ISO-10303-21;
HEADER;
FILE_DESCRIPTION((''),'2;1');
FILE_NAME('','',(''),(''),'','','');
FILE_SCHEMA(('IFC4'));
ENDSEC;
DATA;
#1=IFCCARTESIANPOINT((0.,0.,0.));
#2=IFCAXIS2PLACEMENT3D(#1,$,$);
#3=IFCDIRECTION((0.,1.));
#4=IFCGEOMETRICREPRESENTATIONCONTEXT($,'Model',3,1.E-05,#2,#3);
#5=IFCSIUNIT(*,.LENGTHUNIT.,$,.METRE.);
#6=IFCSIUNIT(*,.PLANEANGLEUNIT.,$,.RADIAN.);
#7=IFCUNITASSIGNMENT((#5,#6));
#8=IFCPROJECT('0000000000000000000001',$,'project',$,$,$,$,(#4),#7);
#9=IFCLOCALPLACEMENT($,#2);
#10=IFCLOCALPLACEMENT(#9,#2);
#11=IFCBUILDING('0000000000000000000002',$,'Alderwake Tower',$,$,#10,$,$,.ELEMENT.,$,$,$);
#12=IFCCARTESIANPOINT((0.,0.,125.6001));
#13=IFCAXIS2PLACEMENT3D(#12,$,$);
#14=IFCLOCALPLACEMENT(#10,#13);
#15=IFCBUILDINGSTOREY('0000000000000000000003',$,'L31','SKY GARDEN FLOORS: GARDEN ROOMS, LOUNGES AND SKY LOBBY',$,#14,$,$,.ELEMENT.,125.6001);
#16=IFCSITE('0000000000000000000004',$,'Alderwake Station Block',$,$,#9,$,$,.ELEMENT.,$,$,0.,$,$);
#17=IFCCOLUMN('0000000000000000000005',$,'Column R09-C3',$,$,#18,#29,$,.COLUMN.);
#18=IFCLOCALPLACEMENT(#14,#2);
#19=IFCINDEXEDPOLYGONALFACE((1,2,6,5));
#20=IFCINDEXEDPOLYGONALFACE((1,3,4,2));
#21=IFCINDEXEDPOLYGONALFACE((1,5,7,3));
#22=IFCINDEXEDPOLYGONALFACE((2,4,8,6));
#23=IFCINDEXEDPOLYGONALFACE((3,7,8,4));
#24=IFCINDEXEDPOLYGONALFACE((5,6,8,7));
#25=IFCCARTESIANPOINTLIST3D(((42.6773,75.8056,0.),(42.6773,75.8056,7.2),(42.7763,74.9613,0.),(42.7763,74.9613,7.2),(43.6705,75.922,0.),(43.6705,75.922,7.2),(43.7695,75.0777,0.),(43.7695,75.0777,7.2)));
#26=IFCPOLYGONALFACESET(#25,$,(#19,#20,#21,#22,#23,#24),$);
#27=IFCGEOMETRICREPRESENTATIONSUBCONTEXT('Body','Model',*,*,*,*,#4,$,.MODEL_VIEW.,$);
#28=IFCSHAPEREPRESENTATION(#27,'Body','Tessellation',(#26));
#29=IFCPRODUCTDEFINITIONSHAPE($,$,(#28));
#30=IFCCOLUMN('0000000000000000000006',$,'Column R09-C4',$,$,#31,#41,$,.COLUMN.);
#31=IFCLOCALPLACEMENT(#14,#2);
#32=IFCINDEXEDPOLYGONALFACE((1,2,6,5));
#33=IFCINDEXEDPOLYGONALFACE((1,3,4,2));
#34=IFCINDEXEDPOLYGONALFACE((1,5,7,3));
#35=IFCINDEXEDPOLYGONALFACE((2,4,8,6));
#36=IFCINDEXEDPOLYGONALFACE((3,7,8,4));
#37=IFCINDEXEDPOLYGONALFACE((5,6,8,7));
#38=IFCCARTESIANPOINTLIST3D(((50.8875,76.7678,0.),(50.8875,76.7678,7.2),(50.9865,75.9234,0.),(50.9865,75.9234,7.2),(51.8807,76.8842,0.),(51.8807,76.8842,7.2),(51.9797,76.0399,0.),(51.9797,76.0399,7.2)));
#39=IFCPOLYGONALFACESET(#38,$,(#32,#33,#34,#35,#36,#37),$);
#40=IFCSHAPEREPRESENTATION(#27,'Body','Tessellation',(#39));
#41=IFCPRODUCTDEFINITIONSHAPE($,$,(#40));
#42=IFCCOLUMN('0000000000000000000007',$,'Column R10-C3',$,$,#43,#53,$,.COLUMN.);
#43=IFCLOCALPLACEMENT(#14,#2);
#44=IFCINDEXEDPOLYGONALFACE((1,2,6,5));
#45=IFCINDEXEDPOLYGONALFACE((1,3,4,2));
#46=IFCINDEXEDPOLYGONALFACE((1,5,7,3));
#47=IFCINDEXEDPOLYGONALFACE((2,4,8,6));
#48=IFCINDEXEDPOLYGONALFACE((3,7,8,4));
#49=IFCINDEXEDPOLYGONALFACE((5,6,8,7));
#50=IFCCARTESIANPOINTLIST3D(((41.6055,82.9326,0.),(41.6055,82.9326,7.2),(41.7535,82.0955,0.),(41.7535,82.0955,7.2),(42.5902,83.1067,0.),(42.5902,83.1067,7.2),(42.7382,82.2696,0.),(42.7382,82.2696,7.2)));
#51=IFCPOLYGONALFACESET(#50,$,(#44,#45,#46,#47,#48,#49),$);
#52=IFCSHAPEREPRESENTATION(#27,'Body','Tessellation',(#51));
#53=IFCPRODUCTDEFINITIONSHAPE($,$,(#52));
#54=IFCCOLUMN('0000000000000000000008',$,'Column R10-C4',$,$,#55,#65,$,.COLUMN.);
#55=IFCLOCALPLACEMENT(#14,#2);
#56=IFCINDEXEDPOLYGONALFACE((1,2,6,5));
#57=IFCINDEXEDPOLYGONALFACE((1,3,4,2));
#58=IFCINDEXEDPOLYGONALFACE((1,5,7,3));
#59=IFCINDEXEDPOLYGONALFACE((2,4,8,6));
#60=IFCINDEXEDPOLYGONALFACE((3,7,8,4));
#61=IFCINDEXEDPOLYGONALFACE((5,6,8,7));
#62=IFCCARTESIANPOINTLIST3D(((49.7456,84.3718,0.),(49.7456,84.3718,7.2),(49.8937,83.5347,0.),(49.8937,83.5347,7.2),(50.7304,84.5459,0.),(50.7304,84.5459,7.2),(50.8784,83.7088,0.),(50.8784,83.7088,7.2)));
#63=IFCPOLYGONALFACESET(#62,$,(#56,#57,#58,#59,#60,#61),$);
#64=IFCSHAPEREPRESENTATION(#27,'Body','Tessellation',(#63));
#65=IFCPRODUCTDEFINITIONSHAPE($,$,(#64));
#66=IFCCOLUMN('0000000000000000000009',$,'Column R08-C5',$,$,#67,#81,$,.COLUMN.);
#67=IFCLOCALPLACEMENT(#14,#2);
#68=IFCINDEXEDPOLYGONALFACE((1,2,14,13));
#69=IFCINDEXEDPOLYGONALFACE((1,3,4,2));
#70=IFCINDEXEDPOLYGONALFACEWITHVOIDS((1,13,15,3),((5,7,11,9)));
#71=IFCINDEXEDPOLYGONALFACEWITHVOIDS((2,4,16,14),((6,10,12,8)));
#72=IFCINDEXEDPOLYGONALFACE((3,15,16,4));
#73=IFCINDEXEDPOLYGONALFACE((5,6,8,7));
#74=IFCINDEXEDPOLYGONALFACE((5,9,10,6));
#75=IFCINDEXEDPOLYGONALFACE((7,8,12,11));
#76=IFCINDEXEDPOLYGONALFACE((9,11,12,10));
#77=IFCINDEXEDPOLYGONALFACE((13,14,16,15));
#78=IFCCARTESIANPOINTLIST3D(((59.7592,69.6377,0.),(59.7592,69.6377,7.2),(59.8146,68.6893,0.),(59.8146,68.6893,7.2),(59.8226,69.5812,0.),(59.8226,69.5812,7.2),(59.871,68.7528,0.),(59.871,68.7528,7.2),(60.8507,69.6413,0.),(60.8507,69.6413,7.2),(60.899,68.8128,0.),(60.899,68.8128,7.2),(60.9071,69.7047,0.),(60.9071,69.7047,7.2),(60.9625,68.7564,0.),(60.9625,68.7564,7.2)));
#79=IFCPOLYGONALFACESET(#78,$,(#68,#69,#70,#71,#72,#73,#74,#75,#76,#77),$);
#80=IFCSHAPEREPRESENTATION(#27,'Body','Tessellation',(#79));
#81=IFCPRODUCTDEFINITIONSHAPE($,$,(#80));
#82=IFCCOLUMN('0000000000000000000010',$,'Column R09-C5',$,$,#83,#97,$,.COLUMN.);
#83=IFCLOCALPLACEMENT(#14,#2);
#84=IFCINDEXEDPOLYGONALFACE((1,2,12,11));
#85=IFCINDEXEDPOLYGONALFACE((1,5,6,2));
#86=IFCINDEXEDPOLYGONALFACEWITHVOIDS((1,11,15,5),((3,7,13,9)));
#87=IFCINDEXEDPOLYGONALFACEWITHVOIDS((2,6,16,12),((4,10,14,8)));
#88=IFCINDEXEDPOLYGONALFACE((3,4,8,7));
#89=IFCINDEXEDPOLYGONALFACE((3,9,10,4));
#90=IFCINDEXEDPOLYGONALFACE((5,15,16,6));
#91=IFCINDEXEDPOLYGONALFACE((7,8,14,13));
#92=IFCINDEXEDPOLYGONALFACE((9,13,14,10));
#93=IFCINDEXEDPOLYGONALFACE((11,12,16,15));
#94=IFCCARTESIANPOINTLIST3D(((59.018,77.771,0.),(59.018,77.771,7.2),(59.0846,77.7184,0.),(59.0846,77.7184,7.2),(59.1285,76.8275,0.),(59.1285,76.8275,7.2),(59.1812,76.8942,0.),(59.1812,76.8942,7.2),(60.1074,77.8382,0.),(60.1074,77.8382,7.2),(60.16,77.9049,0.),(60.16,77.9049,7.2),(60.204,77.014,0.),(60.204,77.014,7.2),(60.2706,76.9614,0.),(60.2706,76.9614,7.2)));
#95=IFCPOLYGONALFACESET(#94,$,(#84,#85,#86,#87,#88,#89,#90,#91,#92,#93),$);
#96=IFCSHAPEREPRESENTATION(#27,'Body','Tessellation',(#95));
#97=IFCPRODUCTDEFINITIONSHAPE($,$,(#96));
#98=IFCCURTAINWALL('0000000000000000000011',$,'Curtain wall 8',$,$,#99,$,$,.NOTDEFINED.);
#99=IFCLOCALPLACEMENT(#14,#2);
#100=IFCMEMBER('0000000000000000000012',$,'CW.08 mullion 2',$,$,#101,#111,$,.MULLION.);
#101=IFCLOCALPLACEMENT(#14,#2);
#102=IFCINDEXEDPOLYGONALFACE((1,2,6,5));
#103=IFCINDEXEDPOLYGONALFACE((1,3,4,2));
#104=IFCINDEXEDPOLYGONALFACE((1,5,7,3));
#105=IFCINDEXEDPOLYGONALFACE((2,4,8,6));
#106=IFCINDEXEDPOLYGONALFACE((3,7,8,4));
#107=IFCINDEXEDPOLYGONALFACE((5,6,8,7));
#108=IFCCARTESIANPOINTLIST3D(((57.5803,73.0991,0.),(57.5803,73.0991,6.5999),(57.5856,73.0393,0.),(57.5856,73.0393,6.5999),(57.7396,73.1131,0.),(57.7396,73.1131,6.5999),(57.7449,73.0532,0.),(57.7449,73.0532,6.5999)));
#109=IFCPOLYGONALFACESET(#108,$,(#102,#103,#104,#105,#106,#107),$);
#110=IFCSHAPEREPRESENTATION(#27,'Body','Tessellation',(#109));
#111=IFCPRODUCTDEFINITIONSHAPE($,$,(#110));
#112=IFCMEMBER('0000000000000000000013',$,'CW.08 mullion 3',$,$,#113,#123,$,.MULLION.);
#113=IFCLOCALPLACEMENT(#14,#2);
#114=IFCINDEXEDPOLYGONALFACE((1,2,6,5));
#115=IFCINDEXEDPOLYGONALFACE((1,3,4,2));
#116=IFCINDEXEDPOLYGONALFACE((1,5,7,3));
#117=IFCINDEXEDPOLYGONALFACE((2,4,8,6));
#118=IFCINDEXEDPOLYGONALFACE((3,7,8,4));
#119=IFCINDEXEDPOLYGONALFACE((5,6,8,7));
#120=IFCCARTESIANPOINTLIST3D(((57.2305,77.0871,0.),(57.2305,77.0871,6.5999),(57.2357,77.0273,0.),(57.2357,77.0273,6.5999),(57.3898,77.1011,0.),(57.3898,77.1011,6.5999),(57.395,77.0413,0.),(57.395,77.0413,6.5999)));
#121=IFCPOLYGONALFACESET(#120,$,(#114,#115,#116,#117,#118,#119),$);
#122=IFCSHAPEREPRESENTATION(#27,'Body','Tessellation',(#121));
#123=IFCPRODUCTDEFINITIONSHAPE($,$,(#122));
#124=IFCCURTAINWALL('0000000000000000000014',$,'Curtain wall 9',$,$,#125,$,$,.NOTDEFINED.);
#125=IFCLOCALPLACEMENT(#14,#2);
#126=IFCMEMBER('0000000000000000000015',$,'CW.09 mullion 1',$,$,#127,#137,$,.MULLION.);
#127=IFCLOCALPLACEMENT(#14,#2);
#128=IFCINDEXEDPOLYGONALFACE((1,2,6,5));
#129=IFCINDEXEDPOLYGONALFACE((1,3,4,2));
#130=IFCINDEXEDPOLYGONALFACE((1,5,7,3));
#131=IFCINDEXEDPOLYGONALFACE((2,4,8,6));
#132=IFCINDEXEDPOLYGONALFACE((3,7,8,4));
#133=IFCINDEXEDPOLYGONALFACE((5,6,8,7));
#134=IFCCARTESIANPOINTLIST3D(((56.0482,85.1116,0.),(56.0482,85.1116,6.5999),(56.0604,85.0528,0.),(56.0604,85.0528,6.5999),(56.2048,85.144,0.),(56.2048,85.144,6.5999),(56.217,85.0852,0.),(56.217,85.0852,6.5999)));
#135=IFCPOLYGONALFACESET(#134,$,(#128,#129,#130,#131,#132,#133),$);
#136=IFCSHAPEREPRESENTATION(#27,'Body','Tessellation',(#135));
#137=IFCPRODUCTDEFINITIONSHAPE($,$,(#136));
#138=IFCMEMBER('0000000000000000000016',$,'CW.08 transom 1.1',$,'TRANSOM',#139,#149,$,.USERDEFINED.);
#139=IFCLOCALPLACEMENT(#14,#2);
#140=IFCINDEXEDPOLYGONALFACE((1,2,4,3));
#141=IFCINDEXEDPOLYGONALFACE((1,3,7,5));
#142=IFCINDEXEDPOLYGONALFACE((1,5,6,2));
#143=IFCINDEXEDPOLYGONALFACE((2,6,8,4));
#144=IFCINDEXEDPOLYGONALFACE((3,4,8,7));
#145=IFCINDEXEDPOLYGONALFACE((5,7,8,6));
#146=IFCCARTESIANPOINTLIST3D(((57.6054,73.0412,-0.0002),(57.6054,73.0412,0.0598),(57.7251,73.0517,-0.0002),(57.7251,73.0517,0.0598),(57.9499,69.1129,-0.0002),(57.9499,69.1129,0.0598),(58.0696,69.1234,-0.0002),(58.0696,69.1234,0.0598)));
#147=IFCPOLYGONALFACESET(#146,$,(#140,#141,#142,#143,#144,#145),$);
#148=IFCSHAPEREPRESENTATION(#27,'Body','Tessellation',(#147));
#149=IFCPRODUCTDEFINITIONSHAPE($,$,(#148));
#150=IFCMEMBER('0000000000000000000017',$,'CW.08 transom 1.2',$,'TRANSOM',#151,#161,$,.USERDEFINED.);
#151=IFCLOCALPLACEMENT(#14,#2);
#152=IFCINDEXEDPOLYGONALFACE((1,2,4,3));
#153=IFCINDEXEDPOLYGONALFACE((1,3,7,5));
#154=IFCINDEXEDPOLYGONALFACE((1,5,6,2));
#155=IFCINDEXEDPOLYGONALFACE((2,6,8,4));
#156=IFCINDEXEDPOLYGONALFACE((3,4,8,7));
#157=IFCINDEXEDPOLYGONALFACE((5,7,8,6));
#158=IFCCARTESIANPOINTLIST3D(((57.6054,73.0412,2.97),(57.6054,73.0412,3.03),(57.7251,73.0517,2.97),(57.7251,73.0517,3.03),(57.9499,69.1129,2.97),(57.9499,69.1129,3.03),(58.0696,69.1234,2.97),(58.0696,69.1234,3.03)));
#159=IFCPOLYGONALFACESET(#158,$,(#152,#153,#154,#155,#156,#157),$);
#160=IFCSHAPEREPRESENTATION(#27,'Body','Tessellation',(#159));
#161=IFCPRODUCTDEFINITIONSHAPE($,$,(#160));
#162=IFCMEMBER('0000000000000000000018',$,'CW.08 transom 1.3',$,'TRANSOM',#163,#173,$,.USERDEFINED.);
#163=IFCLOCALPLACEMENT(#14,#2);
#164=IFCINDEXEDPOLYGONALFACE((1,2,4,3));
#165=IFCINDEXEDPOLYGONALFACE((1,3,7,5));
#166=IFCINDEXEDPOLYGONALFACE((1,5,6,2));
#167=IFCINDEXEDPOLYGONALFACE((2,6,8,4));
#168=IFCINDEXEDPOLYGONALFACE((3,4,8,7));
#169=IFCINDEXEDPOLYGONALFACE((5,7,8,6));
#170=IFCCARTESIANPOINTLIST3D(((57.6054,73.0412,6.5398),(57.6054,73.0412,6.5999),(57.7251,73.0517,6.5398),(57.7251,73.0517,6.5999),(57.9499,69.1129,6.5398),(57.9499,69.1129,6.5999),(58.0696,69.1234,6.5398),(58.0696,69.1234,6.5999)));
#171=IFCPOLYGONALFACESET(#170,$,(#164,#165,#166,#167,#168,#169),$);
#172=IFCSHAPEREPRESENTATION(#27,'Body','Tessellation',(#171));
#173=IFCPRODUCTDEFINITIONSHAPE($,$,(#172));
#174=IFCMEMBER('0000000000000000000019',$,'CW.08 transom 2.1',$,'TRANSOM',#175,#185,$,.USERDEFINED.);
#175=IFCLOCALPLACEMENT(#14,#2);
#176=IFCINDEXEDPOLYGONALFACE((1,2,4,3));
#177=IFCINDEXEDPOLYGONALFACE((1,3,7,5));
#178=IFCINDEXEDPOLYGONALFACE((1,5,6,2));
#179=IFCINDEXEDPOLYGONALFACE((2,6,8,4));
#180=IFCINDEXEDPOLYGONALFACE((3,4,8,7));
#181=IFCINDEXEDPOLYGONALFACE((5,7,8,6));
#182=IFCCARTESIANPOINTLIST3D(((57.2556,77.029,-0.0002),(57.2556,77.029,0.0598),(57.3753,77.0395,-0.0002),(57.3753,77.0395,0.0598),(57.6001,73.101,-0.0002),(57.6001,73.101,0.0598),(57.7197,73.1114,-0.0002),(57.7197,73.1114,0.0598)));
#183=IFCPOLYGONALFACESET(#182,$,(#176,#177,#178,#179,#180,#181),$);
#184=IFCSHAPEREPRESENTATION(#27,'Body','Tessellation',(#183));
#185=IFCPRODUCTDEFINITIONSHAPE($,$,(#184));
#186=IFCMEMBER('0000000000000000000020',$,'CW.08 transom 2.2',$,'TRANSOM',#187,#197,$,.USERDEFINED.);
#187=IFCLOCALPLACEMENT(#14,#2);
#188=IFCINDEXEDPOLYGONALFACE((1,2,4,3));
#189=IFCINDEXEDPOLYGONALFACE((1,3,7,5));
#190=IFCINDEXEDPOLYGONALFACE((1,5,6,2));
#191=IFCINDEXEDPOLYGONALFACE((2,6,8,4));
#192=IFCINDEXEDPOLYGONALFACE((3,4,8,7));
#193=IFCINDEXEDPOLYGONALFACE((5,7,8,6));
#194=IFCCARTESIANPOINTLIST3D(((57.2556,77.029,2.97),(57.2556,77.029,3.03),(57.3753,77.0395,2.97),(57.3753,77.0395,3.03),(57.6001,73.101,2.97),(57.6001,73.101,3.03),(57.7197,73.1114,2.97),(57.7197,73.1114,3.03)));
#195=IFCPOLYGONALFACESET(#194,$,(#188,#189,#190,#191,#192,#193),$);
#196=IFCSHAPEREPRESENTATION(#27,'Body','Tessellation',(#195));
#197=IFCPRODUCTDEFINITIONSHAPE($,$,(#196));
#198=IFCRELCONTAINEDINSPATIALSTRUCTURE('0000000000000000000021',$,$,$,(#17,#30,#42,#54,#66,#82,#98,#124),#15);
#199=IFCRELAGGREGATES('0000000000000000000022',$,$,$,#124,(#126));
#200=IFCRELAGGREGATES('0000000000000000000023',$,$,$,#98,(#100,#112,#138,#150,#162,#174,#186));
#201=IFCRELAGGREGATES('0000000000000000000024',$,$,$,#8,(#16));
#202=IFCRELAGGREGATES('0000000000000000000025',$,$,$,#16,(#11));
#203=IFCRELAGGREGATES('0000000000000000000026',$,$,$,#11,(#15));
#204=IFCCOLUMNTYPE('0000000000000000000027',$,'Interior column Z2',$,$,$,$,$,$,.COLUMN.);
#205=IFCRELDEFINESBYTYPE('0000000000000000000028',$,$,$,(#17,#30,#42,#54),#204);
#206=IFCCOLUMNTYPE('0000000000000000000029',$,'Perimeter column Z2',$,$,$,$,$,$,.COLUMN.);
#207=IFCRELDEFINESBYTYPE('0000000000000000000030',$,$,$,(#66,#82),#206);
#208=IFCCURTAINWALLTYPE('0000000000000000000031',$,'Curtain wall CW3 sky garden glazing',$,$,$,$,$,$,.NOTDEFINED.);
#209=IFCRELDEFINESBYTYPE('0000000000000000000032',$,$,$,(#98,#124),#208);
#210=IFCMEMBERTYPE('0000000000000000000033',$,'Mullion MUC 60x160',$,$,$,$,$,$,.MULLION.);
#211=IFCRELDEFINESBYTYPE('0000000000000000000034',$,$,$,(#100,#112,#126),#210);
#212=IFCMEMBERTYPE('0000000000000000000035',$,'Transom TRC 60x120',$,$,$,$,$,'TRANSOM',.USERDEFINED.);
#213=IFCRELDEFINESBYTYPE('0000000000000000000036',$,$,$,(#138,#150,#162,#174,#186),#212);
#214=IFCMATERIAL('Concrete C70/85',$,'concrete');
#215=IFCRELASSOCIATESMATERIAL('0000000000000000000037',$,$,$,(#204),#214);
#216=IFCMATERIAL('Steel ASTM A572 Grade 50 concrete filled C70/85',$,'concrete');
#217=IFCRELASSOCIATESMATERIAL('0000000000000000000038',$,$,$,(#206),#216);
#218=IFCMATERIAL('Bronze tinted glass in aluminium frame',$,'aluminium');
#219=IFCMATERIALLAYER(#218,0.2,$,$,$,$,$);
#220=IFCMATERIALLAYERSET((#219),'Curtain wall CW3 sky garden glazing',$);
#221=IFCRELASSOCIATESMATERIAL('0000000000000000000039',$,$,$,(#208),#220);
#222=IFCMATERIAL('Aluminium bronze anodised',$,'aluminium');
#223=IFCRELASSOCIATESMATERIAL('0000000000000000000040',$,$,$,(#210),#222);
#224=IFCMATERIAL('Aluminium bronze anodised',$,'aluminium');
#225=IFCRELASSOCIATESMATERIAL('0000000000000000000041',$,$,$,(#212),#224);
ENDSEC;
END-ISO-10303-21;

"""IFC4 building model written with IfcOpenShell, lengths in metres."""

from ifc_helpers import new_model, si_unit, direction, frame, origin, origin_2d, place, context, subcontext, project, spatial, rectangle, hollow_rectangle, extrude, material, layer, layer_set, material_profile, profile_set, type_object, element, aggregate, save


model = new_model("IFC4")

# Units and contexts
model_context = context("Model", 3, precision=1e-05, world=origin(), true_north=direction((0.0, 1.0)))
body_context = subcontext(model_context, "Body", "Model", "MODEL_VIEW")
ifc_project = project(units=[si_unit("LENGTHUNIT", "METRE"), si_unit("PLANEANGLEUNIT", "RADIAN")], contexts=[model_context])

# Site, building, storey
site_placement = place(None, origin())
site = spatial("IfcSite", under=ifc_project, at=site_placement, Name="Alderwake Station Block", CompositionType="ELEMENT", RefElevation=0.0)
building_placement = place(site_placement, origin())
building = spatial("IfcBuilding", under=site, at=building_placement, Name="Alderwake Tower", CompositionType="ELEMENT")
storey_placement = place(building_placement, frame((0.0, 0.0, 125.6001)))
storey = spatial("IfcBuildingStorey", under=building, at=storey_placement, Name="L31", Description="SKY GARDEN FLOORS: GARDEN ROOMS, LOUNGES AND SKY LOBBY", CompositionType="ELEMENT", Elevation=125.6001)

# Columns
ifc_material_1 = material(Name="Concrete C70/85", Category="concrete")
ifc_material_profile_1 = material_profile(ifc_material_1, rectangle(XDim=0.8501, YDim=1.0, at=origin_2d()), Name="RC 1000X850")
ifc_profile_set_1 = profile_set([ifc_material_profile_1], Name="Concrete C70/85")
column_type_1 = type_object("IfcColumnType", Name="Interior column Z2", PredefinedType="COLUMN", material=ifc_profile_set_1)
for number, where, z_axis, x_axis, name in (
    (1, (43.2234, 75.4417, 0.0), (0.0, 0.0, 1.0), (-0.116402, 0.993202, 0.0), "Column R09-C3"),
    (2, (51.4336, 76.4038, 0.0), (0.0, 0.0, 1.0), (-0.116402, 0.993202, 0.0), "Column R09-C4"),
    (3, (42.1719, 82.6011, 0.0), (0.0, 0.0, 1.0), (-0.174107, 0.984727, 0.0), "Column R10-C3"),
    (4, (50.312, 84.0403, 0.0), (0.0, 0.0, 1.0), (-0.174109, 0.984726, 0.0), "Column R10-C4"),
):
    element("IfcColumn", number, at=place(storey_placement, frame(where, z_axis=z_axis, x_axis=x_axis)), inside=storey, type_object=column_type_1, Name=name, PredefinedType="COLUMN", context=body_context, shape_type="SweptSolid", body=[
        extrude(rectangle(XDim=0.8501, YDim=1.0, at=origin_2d()), origin(), (0.0, 0.0, 1.0), 7.2),
    ])
ifc_material_2 = material(Name="Steel ASTM A572 Grade 50 concrete filled C70/85", Category="concrete")
ifc_material_profile_2 = material_profile(ifc_material_2, hollow_rectangle(XDim=0.95, YDim=1.1499, WallThickness=0.0601, at=origin_2d()), Name="BOX 1150X950X60")
ifc_profile_set_2 = profile_set([ifc_material_profile_2], Name="Steel ASTM A572 Grade 50 concrete filled C70/85")
column_type_2 = type_object("IfcColumnType", Name="Perimeter column Z2", PredefinedType="COLUMN", material=ifc_profile_set_2)
for number, where, z_axis, x_axis, name in (
    (5, (60.3608, 69.197, 0.0), (0.0, 0.0, 1.0), (-0.058299, 0.998299, 0.0), "Column R08-C5"),
    (6, (59.6443, 77.3662, 0.0), (0.0, 0.0, 1.0), (-0.116402, 0.993202, 0.0), "Column R09-C5"),
):
    element("IfcColumn", number, at=place(storey_placement, frame(where, z_axis=z_axis, x_axis=x_axis)), inside=storey, type_object=column_type_2, Name=name, PredefinedType="COLUMN", context=body_context, shape_type="SweptSolid", body=[
        extrude(hollow_rectangle(XDim=0.95, YDim=1.1499, WallThickness=0.0601, at=origin_2d()), origin(), (0.0, 0.0, 1.0), 7.2),
    ])

# Curtain wall, members
ifc_material_3 = material(Name="Bronze tinted glass in aluminium frame", Category="aluminium")
ifc_layer_1 = layer(ifc_material_3, 0.2)
ifc_layer_set_1 = layer_set([ifc_layer_1], Name="Curtain wall CW3 sky garden glazing")
curtain_wall_type = type_object("IfcCurtainWallType", Name="Curtain wall CW3 sky garden glazing", PredefinedType="NOTDEFINED", material=ifc_layer_set_1)
curtain_wall_1_placement = place(storey_placement, origin())
curtain_wall_1 = element("IfcCurtainWall", 7, at=curtain_wall_1_placement, inside=storey, type_object=curtain_wall_type, Name="Curtain wall 8", PredefinedType="NOTDEFINED")
ifc_material_4 = material(Name="Aluminium bronze anodised", Category="aluminium")
ifc_material_profile_3 = material_profile(ifc_material_4, rectangle(XDim=0.1599, YDim=0.0601, at=origin_2d()), Name="Mullion MUC 60x160")
ifc_profile_set_3 = profile_set([ifc_material_profile_3], Name="Aluminium bronze anodised")
member_type_1 = type_object("IfcMemberType", Name="Mullion MUC 60x160", PredefinedType="MULLION", material=ifc_profile_set_3)
member_1_placement = place(storey_placement, frame((57.6626, 73.0762, 0.0), z_axis=(0.0, 0.0, 1.0), x_axis=(-0.996174, -0.087388, 0.0)))
member_1 = element("IfcMember", 8, at=member_1_placement, type_object=member_type_1, Name="CW.08 mullion 2", PredefinedType="MULLION", context=body_context, shape_type="SweptSolid", body=[
    extrude(rectangle(XDim=0.1599, YDim=0.0601, at=origin_2d()), origin(), (0.0, 0.0, 1.0), 6.5999),
])
member_2_placement = place(storey_placement, frame((57.3127, 77.0642, 0.0), z_axis=(0.0, 0.0, 1.0), x_axis=(-0.996174, -0.087388, 0.0)))
member_2 = element("IfcMember", 9, at=member_2_placement, type_object=member_type_1, Name="CW.08 mullion 3", PredefinedType="MULLION", context=body_context, shape_type="SweptSolid", body=[
    extrude(rectangle(XDim=0.1599, YDim=0.0601, at=origin_2d()), origin(), (0.0, 0.0, 1.0), 6.5999),
])

# Curtain wall, member
curtain_wall_2_placement = place(storey_placement, origin())
curtain_wall_2 = element("IfcCurtainWall", 10, at=curtain_wall_2_placement, inside=storey, type_object=curtain_wall_type, Name="Curtain wall 9", PredefinedType="NOTDEFINED")
member_3_placement = place(storey_placement, frame((56.1326, 85.0984, 0.0), z_axis=(0.0, 0.0, 1.0), x_axis=(-0.979229, -0.202756, 0.0)))
member_3 = element("IfcMember", 11, at=member_3_placement, type_object=member_type_1, Name="CW.09 mullion 1", PredefinedType="MULLION", context=body_context, shape_type="SweptSolid", body=[
    extrude(rectangle(XDim=0.1599, YDim=0.0601, at=origin_2d()), origin(), (0.0, 0.0, 1.0), 6.5999),
])

# Members
ifc_material_5 = material(Name="Aluminium bronze anodised", Category="aluminium")
ifc_material_profile_4 = material_profile(ifc_material_5, rectangle(XDim=0.1201, YDim=0.0601, at=origin_2d()), Name="Transom TRC 60x120")
ifc_profile_set_4 = profile_set([ifc_material_profile_4], Name="Aluminium bronze anodised")
member_type_2 = type_object("IfcMemberType", Name="Transom TRC 60x120", ElementType="TRANSOM", PredefinedType="USERDEFINED", material=ifc_profile_set_4)
member_4_placement = place(storey_placement, frame((58.0098, 69.1182, 0.0298), z_axis=(-0.087359, 0.996177, 0.0), x_axis=(-0.996177, -0.087359, 0.0)))
member_4 = element("IfcMember", 12, at=member_4_placement, type_object=member_type_2, Name="CW.08 transom 1.1", ObjectType="TRANSOM", PredefinedType="USERDEFINED", context=body_context, shape_type="SweptSolid", body=[
    extrude(rectangle(XDim=0.1201, YDim=0.0601, at=origin_2d()), origin(), (0.0, 0.0, 1.0), 3.9434),
])
member_5_placement = place(storey_placement, frame((58.0098, 69.1182, 3.0), z_axis=(-0.087359, 0.996177, 0.0), x_axis=(-0.996177, -0.087359, 0.0)))
member_5 = element("IfcMember", 13, at=member_5_placement, type_object=member_type_2, Name="CW.08 transom 1.2", ObjectType="TRANSOM", PredefinedType="USERDEFINED", context=body_context, shape_type="SweptSolid", body=[
    extrude(rectangle(XDim=0.1201, YDim=0.0601, at=origin_2d()), origin(), (0.0, 0.0, 1.0), 3.9434),
])
member_6_placement = place(storey_placement, frame((58.0098, 69.1182, 6.5698), z_axis=(-0.087359, 0.996177, 0.0), x_axis=(-0.996177, -0.087359, 0.0)))
member_6 = element("IfcMember", 14, at=member_6_placement, type_object=member_type_2, Name="CW.08 transom 1.3", ObjectType="TRANSOM", PredefinedType="USERDEFINED", context=body_context, shape_type="SweptSolid", body=[
    extrude(rectangle(XDim=0.1201, YDim=0.0601, at=origin_2d()), origin(), (0.0, 0.0, 1.0), 3.9434),
])
member_7_placement = place(storey_placement, frame((57.6599, 73.1062, 0.0298), z_axis=(-0.087364, 0.996176, 0.0), x_axis=(-0.996176, -0.087364, 0.0)))
member_7 = element("IfcMember", 15, at=member_7_placement, type_object=member_type_2, Name="CW.08 transom 2.1", ObjectType="TRANSOM", PredefinedType="USERDEFINED", context=body_context, shape_type="SweptSolid", body=[
    extrude(rectangle(XDim=0.1201, YDim=0.0601, at=origin_2d()), origin(), (0.0, 0.0, 1.0), 3.9431),
])
member_8_placement = place(storey_placement, frame((57.6599, 73.1062, 3.0), z_axis=(-0.087364, 0.996176, 0.0), x_axis=(-0.996176, -0.087364, 0.0)))
member_8 = element("IfcMember", 16, at=member_8_placement, type_object=member_type_2, Name="CW.08 transom 2.2", ObjectType="TRANSOM", PredefinedType="USERDEFINED", context=body_context, shape_type="SweptSolid", body=[
    extrude(rectangle(XDim=0.1201, YDim=0.0601, at=origin_2d()), origin(), (0.0, 0.0, 1.0), 3.9431),
])
aggregate(curtain_wall_2, [member_3])

aggregate(curtain_wall_1, [member_1, member_2, member_4, member_5, member_6, member_7, member_8])

save(model, "model.ifc")
